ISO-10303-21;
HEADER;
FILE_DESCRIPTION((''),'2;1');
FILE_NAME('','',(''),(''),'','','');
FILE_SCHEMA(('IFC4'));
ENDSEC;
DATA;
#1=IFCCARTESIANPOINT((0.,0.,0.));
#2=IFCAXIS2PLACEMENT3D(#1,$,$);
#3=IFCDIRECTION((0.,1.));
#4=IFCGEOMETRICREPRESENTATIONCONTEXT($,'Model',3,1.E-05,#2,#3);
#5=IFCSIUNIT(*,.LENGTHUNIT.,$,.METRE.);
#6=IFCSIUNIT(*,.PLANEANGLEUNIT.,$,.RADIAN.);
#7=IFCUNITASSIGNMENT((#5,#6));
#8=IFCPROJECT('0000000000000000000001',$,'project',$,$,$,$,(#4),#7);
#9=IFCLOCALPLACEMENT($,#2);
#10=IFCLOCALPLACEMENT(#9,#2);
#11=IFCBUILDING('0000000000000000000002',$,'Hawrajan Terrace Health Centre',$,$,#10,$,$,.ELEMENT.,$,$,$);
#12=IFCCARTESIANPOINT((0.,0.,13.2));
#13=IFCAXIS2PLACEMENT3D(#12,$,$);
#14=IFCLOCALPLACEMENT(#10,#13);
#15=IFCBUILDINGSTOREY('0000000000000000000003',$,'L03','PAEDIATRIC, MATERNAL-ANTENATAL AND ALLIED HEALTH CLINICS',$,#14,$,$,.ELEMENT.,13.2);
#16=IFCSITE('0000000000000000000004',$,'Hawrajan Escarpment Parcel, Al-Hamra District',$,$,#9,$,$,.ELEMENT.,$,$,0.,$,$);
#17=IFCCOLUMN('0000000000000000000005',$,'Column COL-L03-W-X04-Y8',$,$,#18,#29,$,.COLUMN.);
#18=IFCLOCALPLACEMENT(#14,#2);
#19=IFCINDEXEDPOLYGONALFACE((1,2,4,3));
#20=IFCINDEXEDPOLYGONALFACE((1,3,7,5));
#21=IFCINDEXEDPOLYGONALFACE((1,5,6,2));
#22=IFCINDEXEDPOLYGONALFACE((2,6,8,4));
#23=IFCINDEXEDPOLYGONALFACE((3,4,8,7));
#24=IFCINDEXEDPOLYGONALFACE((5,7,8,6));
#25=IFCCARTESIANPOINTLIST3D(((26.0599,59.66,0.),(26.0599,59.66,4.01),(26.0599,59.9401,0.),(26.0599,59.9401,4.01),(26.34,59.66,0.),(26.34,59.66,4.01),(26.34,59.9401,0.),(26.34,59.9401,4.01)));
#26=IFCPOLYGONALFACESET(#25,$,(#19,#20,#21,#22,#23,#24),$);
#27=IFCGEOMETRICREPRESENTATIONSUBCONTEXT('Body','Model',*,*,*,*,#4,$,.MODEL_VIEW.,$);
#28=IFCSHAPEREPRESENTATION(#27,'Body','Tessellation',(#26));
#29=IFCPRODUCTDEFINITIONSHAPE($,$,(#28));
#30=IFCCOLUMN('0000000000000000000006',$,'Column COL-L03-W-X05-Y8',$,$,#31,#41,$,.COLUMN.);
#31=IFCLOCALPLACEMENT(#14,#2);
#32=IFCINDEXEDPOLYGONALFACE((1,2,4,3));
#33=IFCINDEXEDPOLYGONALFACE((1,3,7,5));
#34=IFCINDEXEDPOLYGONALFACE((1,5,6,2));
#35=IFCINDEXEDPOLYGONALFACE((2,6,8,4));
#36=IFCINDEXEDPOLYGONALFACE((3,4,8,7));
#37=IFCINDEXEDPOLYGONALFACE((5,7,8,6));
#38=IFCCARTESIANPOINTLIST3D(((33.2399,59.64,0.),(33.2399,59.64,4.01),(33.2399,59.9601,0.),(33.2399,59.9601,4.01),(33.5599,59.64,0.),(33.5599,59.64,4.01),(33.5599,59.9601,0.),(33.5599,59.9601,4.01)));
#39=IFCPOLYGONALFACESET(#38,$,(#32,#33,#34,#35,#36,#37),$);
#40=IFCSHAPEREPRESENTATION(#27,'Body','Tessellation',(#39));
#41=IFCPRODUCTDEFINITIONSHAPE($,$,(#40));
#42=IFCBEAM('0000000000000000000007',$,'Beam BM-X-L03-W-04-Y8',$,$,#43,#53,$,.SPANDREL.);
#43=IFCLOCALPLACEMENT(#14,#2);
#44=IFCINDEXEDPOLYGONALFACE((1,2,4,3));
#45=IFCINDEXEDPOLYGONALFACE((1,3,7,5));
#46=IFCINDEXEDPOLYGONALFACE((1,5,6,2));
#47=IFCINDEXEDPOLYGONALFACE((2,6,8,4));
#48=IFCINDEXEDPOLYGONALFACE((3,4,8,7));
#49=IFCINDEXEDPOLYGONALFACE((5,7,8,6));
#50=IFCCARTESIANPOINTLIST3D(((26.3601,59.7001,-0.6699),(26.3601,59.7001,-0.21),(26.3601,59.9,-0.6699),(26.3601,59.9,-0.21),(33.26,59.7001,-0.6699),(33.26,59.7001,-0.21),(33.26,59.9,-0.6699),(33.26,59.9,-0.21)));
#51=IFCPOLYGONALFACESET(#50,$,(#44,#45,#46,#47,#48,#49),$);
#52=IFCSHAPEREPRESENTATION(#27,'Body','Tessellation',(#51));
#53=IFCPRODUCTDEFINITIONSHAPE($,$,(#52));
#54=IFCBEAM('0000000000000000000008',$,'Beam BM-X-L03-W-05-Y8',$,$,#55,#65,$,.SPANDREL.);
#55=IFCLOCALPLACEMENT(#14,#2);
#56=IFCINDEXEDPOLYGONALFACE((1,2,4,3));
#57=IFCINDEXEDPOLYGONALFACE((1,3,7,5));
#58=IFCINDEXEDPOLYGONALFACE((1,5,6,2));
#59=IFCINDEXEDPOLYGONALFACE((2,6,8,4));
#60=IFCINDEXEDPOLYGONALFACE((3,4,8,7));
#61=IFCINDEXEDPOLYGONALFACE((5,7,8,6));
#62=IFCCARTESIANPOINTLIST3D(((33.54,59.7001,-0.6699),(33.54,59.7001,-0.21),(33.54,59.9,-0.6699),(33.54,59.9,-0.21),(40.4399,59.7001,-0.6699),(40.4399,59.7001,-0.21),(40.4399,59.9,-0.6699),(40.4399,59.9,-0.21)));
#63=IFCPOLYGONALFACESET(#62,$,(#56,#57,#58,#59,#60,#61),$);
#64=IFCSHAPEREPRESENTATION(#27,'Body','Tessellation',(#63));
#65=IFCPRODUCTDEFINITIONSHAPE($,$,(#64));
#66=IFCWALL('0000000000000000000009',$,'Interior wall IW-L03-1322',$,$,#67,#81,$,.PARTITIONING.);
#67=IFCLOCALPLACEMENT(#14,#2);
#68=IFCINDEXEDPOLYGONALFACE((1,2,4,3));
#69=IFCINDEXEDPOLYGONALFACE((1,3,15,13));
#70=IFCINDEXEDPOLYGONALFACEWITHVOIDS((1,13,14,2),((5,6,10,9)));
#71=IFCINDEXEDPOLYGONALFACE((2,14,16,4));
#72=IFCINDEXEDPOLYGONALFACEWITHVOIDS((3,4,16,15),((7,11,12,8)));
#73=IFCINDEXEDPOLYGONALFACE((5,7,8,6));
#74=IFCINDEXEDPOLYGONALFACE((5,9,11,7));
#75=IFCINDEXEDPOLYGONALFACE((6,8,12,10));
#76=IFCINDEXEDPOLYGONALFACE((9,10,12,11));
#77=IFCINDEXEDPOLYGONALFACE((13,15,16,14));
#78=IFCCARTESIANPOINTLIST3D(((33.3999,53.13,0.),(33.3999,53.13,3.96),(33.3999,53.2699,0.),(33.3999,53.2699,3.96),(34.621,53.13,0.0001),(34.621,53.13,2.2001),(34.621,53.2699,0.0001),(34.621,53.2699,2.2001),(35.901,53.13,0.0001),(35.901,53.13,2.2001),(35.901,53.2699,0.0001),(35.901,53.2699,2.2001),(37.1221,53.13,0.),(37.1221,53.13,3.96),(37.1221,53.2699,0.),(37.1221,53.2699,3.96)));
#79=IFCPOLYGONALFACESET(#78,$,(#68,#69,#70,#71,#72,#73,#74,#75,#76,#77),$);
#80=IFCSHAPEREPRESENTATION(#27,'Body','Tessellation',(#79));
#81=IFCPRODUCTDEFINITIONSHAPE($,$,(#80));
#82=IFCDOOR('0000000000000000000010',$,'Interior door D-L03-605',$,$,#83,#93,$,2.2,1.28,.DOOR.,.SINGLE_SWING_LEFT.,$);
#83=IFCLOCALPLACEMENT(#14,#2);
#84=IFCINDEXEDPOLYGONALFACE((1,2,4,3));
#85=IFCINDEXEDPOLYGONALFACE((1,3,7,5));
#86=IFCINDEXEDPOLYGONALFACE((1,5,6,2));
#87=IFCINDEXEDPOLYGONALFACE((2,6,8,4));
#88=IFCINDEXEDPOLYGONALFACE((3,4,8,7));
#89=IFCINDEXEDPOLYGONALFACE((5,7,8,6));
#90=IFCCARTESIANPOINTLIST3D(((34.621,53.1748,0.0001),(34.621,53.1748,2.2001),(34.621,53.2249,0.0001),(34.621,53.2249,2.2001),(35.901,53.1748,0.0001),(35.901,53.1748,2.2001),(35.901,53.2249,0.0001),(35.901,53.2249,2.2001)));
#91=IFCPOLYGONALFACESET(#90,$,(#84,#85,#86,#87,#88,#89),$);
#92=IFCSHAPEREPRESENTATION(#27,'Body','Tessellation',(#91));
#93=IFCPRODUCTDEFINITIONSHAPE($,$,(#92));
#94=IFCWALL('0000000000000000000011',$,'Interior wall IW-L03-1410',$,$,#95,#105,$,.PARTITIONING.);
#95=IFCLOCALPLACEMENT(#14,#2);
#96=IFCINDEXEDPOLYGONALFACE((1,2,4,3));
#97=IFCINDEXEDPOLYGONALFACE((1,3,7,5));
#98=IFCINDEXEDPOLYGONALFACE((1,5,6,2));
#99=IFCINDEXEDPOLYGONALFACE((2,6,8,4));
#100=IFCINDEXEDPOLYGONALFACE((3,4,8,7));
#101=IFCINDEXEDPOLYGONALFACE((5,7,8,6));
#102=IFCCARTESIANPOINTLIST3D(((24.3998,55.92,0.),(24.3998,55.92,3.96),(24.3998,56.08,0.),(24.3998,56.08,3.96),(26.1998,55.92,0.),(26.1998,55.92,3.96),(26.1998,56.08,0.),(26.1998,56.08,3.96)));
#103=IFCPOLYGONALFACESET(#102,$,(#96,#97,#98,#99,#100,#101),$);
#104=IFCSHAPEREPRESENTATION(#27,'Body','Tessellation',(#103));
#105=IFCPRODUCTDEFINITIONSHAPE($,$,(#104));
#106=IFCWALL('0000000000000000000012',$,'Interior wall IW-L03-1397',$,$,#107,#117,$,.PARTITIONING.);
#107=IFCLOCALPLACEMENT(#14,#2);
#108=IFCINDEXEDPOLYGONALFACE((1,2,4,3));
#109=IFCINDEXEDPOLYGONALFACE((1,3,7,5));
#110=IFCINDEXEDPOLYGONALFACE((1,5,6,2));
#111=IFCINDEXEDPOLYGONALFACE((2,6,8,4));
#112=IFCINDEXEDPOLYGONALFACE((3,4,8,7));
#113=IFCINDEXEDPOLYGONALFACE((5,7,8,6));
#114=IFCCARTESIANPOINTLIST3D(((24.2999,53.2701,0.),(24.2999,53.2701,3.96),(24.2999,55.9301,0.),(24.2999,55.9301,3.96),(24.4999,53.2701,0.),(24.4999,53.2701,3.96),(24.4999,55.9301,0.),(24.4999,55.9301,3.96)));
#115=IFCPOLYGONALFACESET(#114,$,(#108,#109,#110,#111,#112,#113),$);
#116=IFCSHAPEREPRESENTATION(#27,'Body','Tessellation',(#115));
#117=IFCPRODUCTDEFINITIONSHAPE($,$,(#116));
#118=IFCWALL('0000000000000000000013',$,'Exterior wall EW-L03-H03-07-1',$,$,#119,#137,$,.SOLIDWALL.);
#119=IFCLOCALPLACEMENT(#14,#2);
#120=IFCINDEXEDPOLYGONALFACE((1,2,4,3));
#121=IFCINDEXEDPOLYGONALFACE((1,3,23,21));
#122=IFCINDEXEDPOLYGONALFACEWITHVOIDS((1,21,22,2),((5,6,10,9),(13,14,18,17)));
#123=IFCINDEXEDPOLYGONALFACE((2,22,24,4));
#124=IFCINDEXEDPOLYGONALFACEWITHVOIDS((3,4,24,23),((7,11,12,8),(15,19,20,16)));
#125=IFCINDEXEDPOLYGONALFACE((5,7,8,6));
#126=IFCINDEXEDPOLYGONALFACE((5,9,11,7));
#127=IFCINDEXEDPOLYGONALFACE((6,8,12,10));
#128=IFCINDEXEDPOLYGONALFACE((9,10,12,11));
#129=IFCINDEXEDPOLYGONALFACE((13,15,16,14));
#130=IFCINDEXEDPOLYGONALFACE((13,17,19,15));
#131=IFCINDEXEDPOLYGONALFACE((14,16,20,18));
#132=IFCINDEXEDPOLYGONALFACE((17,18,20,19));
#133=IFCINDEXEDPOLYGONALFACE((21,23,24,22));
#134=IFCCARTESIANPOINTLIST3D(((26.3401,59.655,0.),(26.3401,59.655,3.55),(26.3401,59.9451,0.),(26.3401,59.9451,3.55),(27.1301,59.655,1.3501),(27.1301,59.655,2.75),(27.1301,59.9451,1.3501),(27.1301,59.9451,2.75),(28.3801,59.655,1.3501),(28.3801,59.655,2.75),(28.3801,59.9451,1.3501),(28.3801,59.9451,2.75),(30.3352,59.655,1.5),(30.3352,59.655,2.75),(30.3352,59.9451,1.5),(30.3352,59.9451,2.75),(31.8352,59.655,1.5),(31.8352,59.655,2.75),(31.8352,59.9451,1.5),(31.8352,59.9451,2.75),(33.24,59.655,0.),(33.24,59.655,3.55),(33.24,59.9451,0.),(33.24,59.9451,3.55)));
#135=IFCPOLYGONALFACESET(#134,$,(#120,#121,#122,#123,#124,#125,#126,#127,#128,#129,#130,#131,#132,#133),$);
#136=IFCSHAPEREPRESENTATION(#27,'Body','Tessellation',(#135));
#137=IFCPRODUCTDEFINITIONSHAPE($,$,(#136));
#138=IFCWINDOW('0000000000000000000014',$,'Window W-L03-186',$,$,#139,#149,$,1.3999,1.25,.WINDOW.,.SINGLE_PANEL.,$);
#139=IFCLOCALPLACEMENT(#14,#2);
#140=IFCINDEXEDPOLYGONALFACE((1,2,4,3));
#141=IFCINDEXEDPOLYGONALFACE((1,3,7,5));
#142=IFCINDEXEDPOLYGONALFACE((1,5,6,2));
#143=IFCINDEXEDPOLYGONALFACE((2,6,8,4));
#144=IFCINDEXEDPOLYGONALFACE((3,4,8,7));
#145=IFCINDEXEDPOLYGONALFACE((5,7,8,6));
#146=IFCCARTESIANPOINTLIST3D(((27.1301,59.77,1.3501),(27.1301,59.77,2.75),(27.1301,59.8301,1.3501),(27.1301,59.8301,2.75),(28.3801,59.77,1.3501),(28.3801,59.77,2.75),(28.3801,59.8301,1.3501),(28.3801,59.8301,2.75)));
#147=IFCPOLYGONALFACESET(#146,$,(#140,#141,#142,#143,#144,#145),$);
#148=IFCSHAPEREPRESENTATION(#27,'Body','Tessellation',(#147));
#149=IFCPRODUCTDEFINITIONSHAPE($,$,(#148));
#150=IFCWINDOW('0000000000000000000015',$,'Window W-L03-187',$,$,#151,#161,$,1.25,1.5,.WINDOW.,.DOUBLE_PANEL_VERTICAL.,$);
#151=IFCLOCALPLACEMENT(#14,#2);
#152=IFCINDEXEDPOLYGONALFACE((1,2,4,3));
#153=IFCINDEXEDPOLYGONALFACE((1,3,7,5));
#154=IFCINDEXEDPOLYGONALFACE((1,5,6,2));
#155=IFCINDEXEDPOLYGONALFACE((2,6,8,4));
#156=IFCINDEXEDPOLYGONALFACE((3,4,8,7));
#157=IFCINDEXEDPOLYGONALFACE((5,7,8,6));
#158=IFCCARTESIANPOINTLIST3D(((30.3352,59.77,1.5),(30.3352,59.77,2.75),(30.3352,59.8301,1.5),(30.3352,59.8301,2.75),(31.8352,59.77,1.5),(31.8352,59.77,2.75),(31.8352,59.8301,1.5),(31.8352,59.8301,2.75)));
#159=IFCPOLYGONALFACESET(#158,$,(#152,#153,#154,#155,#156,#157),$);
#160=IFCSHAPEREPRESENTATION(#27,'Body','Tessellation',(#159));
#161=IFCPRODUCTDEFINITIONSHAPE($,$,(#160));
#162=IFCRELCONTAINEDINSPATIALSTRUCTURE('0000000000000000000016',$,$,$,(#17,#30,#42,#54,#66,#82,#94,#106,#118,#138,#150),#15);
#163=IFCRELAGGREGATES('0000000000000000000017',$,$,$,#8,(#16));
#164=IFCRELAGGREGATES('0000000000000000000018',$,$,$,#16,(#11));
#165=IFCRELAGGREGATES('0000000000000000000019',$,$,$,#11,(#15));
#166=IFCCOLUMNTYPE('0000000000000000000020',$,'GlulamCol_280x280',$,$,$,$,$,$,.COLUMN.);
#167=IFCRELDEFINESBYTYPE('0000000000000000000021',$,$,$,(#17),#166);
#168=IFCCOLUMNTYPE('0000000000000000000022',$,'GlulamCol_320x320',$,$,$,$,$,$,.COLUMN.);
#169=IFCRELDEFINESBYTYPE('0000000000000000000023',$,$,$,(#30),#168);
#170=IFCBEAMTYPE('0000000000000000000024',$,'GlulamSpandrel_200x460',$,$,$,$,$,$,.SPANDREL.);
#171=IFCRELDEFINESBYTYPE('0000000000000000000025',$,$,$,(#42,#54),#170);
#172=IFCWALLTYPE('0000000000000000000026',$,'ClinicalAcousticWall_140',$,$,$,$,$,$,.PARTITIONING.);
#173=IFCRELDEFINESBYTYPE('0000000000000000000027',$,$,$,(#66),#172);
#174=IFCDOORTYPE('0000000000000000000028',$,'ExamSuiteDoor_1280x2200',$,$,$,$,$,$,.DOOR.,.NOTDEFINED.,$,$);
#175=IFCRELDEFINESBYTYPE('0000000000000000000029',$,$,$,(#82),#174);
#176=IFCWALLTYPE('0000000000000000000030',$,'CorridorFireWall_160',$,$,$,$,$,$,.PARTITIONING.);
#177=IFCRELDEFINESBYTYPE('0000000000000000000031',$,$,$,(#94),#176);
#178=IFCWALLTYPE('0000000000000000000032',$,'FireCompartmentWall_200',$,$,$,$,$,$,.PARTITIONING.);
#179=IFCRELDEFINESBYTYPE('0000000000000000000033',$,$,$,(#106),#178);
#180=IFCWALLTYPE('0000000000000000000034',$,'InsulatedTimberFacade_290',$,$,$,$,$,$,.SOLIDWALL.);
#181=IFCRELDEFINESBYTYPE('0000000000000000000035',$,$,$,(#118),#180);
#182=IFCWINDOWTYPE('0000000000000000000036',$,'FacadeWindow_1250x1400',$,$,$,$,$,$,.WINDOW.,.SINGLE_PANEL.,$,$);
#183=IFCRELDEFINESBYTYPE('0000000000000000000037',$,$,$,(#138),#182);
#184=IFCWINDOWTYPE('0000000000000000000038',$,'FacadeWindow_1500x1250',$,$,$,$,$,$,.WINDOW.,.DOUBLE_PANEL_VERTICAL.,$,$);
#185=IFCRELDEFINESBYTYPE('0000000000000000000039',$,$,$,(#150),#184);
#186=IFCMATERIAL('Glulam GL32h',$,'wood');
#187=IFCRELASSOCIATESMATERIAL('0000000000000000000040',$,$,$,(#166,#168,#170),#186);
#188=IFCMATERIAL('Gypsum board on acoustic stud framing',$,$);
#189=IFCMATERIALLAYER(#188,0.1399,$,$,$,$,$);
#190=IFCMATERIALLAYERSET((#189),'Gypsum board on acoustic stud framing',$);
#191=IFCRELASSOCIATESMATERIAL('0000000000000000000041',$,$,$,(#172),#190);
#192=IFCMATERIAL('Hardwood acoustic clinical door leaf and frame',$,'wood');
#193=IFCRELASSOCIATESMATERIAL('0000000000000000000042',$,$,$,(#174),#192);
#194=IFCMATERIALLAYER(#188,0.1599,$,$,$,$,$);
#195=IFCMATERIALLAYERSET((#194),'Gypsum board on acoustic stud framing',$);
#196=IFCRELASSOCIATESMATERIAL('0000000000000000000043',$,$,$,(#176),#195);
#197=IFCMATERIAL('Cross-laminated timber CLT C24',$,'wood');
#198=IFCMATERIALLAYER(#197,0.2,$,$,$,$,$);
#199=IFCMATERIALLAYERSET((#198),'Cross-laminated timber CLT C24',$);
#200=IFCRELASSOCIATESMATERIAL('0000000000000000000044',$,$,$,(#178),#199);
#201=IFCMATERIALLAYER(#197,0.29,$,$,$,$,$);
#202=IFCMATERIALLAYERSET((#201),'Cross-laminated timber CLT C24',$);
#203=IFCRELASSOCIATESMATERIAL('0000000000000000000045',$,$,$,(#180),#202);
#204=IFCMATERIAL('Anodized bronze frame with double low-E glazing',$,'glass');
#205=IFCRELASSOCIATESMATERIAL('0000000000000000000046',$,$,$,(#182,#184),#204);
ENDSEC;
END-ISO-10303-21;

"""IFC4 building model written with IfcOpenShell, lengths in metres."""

from ifc_helpers import new_model, si_unit, direction, frame, frame_2d, origin, origin_2d, place, context, subcontext, project, spatial, rectangle, extrude, material, layer, layer_set, material_profile, profile_set, type_object, element, fill, save


model = new_model("IFC4")

# Units and contexts
model_context = context("Model", 3, precision=1e-05, world=origin(), true_north=direction((0.0, 1.0)))
body_context = subcontext(model_context, "Body", "Model", "MODEL_VIEW")
ifc_project = project(units=[si_unit("LENGTHUNIT", "METRE"), si_unit("PLANEANGLEUNIT", "RADIAN")], contexts=[model_context])

# Site, building, storey
site_placement = place(None, origin())
site = spatial("IfcSite", under=ifc_project, at=site_placement, Name="Hawrajan Escarpment Parcel, Al-Hamra District", CompositionType="ELEMENT", RefElevation=0.0)
building_placement = place(site_placement, origin())
building = spatial("IfcBuilding", under=site, at=building_placement, Name="Hawrajan Terrace Health Centre", CompositionType="ELEMENT")
storey_placement = place(building_placement, frame((0.0, 0.0, 13.2)))
storey = spatial("IfcBuildingStorey", under=building, at=storey_placement, Name="L03", Description="PAEDIATRIC, MATERNAL-ANTENATAL AND ALLIED HEALTH CLINICS", CompositionType="ELEMENT", Elevation=13.2)

# Columns
ifc_material_1 = material(Name="Glulam GL32h", Category="wood")
ifc_material_profile_1 = material_profile(ifc_material_1, rectangle(XDim=0.28, YDim=0.28, at=origin_2d()), Name="GL 280x280")
ifc_profile_set_1 = profile_set([ifc_material_profile_1], Name="Glulam GL32h")
column_type_1 = type_object("IfcColumnType", Name="GlulamCol_280x280", PredefinedType="COLUMN", material=ifc_profile_set_1)
column_1_placement = place(storey_placement, frame((26.2, 59.8, 0.0), z_axis=(0.0, 0.0, 1.0), x_axis=(1.0, 0.0, 0.0)))
element("IfcColumn", 1, at=column_1_placement, inside=storey, type_object=column_type_1, Name="Column COL-L03-W-X04-Y8", PredefinedType="COLUMN", context=body_context, shape_type="SweptSolid", body=[
    extrude(rectangle(XDim=0.28, YDim=0.28, at=origin_2d()), origin(), (0.0, 0.0, 1.0), 4.01),
])
ifc_material_profile_2 = material_profile(ifc_material_1, rectangle(XDim=0.3201, YDim=0.3201, at=origin_2d()), Name="GL 320x320")
ifc_profile_set_2 = profile_set([ifc_material_profile_2], Name="Glulam GL32h")
column_type_2 = type_object("IfcColumnType", Name="GlulamCol_320x320", PredefinedType="COLUMN", material=ifc_profile_set_2)
column_2_placement = place(storey_placement, frame((33.3999, 59.8, 0.0), z_axis=(0.0, 0.0, 1.0), x_axis=(1.0, 0.0, 0.0)))
element("IfcColumn", 2, at=column_2_placement, inside=storey, type_object=column_type_2, Name="Column COL-L03-W-X05-Y8", PredefinedType="COLUMN", context=body_context, shape_type="SweptSolid", body=[
    extrude(rectangle(XDim=0.3201, YDim=0.3201, at=origin_2d()), origin(), (0.0, 0.0, 1.0), 4.01),
])

# Beams
ifc_material_profile_3 = material_profile(ifc_material_1, rectangle(XDim=0.2, YDim=0.46, at=origin_2d()), Name="GL SP 200x460")
ifc_profile_set_3 = profile_set([ifc_material_profile_3], Name="Glulam GL32h")
beam_type = type_object("IfcBeamType", Name="GlulamSpandrel_200x460", PredefinedType="SPANDREL", material=ifc_profile_set_3)
for number, where, z_axis, x_axis, name in (
    (3, (26.3601, 59.8, -0.4399), (1.0, 0.0, 0.0), (0.0, 1.0, 0.0), "Beam BM-X-L03-W-04-Y8"),
    (4, (33.54, 59.8, -0.4399), (1.0, 0.0, 0.0), (0.0, 1.0, 0.0), "Beam BM-X-L03-W-05-Y8"),
):
    element("IfcBeam", number, at=place(storey_placement, frame(where, z_axis=z_axis, x_axis=x_axis)), inside=storey, type_object=beam_type, Name=name, PredefinedType="SPANDREL", context=body_context, shape_type="SweptSolid", body=[
        extrude(rectangle(XDim=0.2, YDim=0.46, at=origin_2d()), origin(), (0.0, 0.0, 1.0), 6.8999),
    ])

# Wall, opening, door
ifc_material_2 = material(Name="Gypsum board on acoustic stud framing")
ifc_layer_1 = layer(ifc_material_2, 0.1399)
ifc_layer_set_1 = layer_set([ifc_layer_1], Name="Gypsum board on acoustic stud framing")
wall_type_1 = type_object("IfcWallType", Name="ClinicalAcousticWall_140", PredefinedType="PARTITIONING", material=ifc_layer_set_1)
wall_1_placement = place(storey_placement, frame((33.3999, 53.2, 0.0), z_axis=(0.0, 0.0, 1.0), x_axis=(1.0, 0.0, 0.0)))
wall_1 = element("IfcWall", 5, at=wall_1_placement, inside=storey, type_object=wall_type_1, Name="Interior wall IW-L03-1322", PredefinedType="PARTITIONING", context=body_context, shape_type="SweptSolid", body=[
    extrude(rectangle(XDim=3.7222, YDim=0.1399, at=frame_2d((1.8611, 0.0))), origin(), (0.0, 0.0, 1.0), 3.96),
])
opening_1_placement = place(wall_1_placement, frame((1.2209, 0.0, 0.0)))
opening_1 = element("IfcOpeningElement", 6, at=opening_1_placement, cuts=wall_1, PredefinedType="OPENING", context=body_context, shape_type="SweptSolid", body=[
    extrude(rectangle(XDim=1.28, YDim=2.2, at=frame_2d((0.6401, 1.1001))), frame((0.0, 0.0798, 0.0), z_axis=(0.0, -1.0, 0.0), x_axis=(1.0, 0.0, 0.0)), (0.0, 0.0, 1.0), 0.1599),
])
ifc_material_3 = material(Name="Hardwood acoustic clinical door leaf and frame", Category="wood")
door_type = type_object("IfcDoorType", Name="ExamSuiteDoor_1280x2200", OperationType="NOTDEFINED", PredefinedType="DOOR", material=ifc_material_3)
door_placement = place(opening_1_placement, origin())
door = element("IfcDoor", 7, at=door_placement, inside=storey, type_object=door_type, Name="Interior door D-L03-605", OperationType="SINGLE_SWING_LEFT", OverallHeight=2.2, OverallWidth=1.28, PredefinedType="DOOR", context=body_context, shape_type="SweptSolid", body=[
    extrude(rectangle(XDim=1.28, YDim=2.2, at=frame_2d((0.6401, 1.1001))), frame((0.0, 0.0249, 0.0), z_axis=(0.0, -1.0, 0.0), x_axis=(1.0, 0.0, 0.0)), (0.0, 0.0, 1.0), 0.05),
])
fill(opening_1, door)

# Walls
ifc_layer_2 = layer(ifc_material_2, 0.1599)
ifc_layer_set_2 = layer_set([ifc_layer_2], Name="Gypsum board on acoustic stud framing")
wall_type_2 = type_object("IfcWallType", Name="CorridorFireWall_160", PredefinedType="PARTITIONING", material=ifc_layer_set_2)
wall_2_placement = place(storey_placement, frame((24.3999, 56.0, 0.0), z_axis=(0.0, 0.0, 1.0), x_axis=(1.0, 0.0, 0.0)))
element("IfcWall", 8, at=wall_2_placement, inside=storey, type_object=wall_type_2, Name="Interior wall IW-L03-1410", PredefinedType="PARTITIONING", context=body_context, shape_type="SweptSolid", body=[
    extrude(rectangle(XDim=1.8, YDim=0.1599, at=frame_2d((0.8999, 0.0))), origin(), (0.0, 0.0, 1.0), 3.96),
])
ifc_material_4 = material(Name="Cross-laminated timber CLT C24", Category="wood")
ifc_layer_3 = layer(ifc_material_4, 0.2)
ifc_layer_set_3 = layer_set([ifc_layer_3], Name="Cross-laminated timber CLT C24")
wall_type_3 = type_object("IfcWallType", Name="FireCompartmentWall_200", PredefinedType="PARTITIONING", material=ifc_layer_set_3)
wall_3_placement = place(storey_placement, frame((24.3999, 53.27, 0.0), z_axis=(0.0, 0.0, 1.0), x_axis=(0.0, 1.0, 0.0)))
element("IfcWall", 9, at=wall_3_placement, inside=storey, type_object=wall_type_3, Name="Interior wall IW-L03-1397", PredefinedType="PARTITIONING", context=body_context, shape_type="SweptSolid", body=[
    extrude(rectangle(XDim=2.6599, YDim=0.2, at=frame_2d((1.3301, 0.0))), origin(), (0.0, 0.0, 1.0), 3.96),
])

# Wall, openings, windows
ifc_layer_4 = layer(ifc_material_4, 0.29)
ifc_layer_set_4 = layer_set([ifc_layer_4], Name="Cross-laminated timber CLT C24")
wall_type_4 = type_object("IfcWallType", Name="InsulatedTimberFacade_290", PredefinedType="SOLIDWALL", material=ifc_layer_set_4)
wall_4_placement = place(storey_placement, frame((26.3401, 59.8, 0.0), z_axis=(0.0, 0.0, 1.0), x_axis=(1.0, 0.0, 0.0)))
wall_4 = element("IfcWall", 10, at=wall_4_placement, inside=storey, type_object=wall_type_4, Name="Exterior wall EW-L03-H03-07-1", PredefinedType="SOLIDWALL", context=body_context, shape_type="SweptSolid", body=[
    extrude(rectangle(XDim=6.8999, YDim=0.29, at=frame_2d((3.45, 0.0))), origin(), (0.0, 0.0, 1.0), 3.55),
])
opening_2_placement = place(wall_4_placement, frame((0.79, 0.0, 1.3501)))
opening_2 = element("IfcOpeningElement", 11, at=opening_2_placement, cuts=wall_4, PredefinedType="OPENING", context=body_context, shape_type="SweptSolid", body=[
    extrude(rectangle(XDim=1.25, YDim=1.3999, at=frame_2d((0.625, 0.7))), frame((0.0, 0.155, 0.0), z_axis=(0.0, -1.0, 0.0), x_axis=(1.0, 0.0, 0.0)), (0.0, 0.0, 1.0), 0.3101),
])
opening_3_placement = place(wall_4_placement, frame((3.9951, 0.0, 1.5)))
opening_3 = element("IfcOpeningElement", 12, at=opening_3_placement, cuts=wall_4, PredefinedType="OPENING", context=body_context, shape_type="SweptSolid", body=[
    extrude(rectangle(XDim=1.5, YDim=1.25, at=frame_2d((0.75, 0.625))), frame((0.0, 0.155, 0.0), z_axis=(0.0, -1.0, 0.0), x_axis=(1.0, 0.0, 0.0)), (0.0, 0.0, 1.0), 0.3101),
])
ifc_material_5 = material(Name="Anodized bronze frame with double low-E glazing", Category="glass")
window_type_1 = type_object("IfcWindowType", Name="FacadeWindow_1250x1400", PartitioningType="SINGLE_PANEL", PredefinedType="WINDOW", material=ifc_material_5)
window_1_placement = place(opening_2_placement, origin())
window_1 = element("IfcWindow", 13, at=window_1_placement, inside=storey, type_object=window_type_1, Name="Window W-L03-186", OverallHeight=1.3999, OverallWidth=1.25, PartitioningType="SINGLE_PANEL", PredefinedType="WINDOW", context=body_context, shape_type="SweptSolid", body=[
    extrude(rectangle(XDim=1.25, YDim=1.3999, at=frame_2d((0.625, 0.7))), frame((0.0, 0.03, 0.0), z_axis=(0.0, -1.0, 0.0), x_axis=(1.0, 0.0, 0.0)), (0.0, 0.0, 1.0), 0.0601),
])
fill(opening_2, window_1)
window_type_2 = type_object("IfcWindowType", Name="FacadeWindow_1500x1250", PartitioningType="DOUBLE_PANEL_VERTICAL", PredefinedType="WINDOW", material=ifc_material_5)
window_2_placement = place(opening_3_placement, origin())
window_2 = element("IfcWindow", 14, at=window_2_placement, inside=storey, type_object=window_type_2, Name="Window W-L03-187", OverallHeight=1.25, OverallWidth=1.5, PartitioningType="DOUBLE_PANEL_VERTICAL", PredefinedType="WINDOW", context=body_context, shape_type="SweptSolid", body=[
    extrude(rectangle(XDim=1.5, YDim=1.25, at=frame_2d((0.75, 0.625))), frame((0.0, 0.03, 0.0), z_axis=(0.0, -1.0, 0.0), x_axis=(1.0, 0.0, 0.0)), (0.0, 0.0, 1.0), 0.0601),
])
fill(opening_3, window_2)

save(model, "model.ifc")
